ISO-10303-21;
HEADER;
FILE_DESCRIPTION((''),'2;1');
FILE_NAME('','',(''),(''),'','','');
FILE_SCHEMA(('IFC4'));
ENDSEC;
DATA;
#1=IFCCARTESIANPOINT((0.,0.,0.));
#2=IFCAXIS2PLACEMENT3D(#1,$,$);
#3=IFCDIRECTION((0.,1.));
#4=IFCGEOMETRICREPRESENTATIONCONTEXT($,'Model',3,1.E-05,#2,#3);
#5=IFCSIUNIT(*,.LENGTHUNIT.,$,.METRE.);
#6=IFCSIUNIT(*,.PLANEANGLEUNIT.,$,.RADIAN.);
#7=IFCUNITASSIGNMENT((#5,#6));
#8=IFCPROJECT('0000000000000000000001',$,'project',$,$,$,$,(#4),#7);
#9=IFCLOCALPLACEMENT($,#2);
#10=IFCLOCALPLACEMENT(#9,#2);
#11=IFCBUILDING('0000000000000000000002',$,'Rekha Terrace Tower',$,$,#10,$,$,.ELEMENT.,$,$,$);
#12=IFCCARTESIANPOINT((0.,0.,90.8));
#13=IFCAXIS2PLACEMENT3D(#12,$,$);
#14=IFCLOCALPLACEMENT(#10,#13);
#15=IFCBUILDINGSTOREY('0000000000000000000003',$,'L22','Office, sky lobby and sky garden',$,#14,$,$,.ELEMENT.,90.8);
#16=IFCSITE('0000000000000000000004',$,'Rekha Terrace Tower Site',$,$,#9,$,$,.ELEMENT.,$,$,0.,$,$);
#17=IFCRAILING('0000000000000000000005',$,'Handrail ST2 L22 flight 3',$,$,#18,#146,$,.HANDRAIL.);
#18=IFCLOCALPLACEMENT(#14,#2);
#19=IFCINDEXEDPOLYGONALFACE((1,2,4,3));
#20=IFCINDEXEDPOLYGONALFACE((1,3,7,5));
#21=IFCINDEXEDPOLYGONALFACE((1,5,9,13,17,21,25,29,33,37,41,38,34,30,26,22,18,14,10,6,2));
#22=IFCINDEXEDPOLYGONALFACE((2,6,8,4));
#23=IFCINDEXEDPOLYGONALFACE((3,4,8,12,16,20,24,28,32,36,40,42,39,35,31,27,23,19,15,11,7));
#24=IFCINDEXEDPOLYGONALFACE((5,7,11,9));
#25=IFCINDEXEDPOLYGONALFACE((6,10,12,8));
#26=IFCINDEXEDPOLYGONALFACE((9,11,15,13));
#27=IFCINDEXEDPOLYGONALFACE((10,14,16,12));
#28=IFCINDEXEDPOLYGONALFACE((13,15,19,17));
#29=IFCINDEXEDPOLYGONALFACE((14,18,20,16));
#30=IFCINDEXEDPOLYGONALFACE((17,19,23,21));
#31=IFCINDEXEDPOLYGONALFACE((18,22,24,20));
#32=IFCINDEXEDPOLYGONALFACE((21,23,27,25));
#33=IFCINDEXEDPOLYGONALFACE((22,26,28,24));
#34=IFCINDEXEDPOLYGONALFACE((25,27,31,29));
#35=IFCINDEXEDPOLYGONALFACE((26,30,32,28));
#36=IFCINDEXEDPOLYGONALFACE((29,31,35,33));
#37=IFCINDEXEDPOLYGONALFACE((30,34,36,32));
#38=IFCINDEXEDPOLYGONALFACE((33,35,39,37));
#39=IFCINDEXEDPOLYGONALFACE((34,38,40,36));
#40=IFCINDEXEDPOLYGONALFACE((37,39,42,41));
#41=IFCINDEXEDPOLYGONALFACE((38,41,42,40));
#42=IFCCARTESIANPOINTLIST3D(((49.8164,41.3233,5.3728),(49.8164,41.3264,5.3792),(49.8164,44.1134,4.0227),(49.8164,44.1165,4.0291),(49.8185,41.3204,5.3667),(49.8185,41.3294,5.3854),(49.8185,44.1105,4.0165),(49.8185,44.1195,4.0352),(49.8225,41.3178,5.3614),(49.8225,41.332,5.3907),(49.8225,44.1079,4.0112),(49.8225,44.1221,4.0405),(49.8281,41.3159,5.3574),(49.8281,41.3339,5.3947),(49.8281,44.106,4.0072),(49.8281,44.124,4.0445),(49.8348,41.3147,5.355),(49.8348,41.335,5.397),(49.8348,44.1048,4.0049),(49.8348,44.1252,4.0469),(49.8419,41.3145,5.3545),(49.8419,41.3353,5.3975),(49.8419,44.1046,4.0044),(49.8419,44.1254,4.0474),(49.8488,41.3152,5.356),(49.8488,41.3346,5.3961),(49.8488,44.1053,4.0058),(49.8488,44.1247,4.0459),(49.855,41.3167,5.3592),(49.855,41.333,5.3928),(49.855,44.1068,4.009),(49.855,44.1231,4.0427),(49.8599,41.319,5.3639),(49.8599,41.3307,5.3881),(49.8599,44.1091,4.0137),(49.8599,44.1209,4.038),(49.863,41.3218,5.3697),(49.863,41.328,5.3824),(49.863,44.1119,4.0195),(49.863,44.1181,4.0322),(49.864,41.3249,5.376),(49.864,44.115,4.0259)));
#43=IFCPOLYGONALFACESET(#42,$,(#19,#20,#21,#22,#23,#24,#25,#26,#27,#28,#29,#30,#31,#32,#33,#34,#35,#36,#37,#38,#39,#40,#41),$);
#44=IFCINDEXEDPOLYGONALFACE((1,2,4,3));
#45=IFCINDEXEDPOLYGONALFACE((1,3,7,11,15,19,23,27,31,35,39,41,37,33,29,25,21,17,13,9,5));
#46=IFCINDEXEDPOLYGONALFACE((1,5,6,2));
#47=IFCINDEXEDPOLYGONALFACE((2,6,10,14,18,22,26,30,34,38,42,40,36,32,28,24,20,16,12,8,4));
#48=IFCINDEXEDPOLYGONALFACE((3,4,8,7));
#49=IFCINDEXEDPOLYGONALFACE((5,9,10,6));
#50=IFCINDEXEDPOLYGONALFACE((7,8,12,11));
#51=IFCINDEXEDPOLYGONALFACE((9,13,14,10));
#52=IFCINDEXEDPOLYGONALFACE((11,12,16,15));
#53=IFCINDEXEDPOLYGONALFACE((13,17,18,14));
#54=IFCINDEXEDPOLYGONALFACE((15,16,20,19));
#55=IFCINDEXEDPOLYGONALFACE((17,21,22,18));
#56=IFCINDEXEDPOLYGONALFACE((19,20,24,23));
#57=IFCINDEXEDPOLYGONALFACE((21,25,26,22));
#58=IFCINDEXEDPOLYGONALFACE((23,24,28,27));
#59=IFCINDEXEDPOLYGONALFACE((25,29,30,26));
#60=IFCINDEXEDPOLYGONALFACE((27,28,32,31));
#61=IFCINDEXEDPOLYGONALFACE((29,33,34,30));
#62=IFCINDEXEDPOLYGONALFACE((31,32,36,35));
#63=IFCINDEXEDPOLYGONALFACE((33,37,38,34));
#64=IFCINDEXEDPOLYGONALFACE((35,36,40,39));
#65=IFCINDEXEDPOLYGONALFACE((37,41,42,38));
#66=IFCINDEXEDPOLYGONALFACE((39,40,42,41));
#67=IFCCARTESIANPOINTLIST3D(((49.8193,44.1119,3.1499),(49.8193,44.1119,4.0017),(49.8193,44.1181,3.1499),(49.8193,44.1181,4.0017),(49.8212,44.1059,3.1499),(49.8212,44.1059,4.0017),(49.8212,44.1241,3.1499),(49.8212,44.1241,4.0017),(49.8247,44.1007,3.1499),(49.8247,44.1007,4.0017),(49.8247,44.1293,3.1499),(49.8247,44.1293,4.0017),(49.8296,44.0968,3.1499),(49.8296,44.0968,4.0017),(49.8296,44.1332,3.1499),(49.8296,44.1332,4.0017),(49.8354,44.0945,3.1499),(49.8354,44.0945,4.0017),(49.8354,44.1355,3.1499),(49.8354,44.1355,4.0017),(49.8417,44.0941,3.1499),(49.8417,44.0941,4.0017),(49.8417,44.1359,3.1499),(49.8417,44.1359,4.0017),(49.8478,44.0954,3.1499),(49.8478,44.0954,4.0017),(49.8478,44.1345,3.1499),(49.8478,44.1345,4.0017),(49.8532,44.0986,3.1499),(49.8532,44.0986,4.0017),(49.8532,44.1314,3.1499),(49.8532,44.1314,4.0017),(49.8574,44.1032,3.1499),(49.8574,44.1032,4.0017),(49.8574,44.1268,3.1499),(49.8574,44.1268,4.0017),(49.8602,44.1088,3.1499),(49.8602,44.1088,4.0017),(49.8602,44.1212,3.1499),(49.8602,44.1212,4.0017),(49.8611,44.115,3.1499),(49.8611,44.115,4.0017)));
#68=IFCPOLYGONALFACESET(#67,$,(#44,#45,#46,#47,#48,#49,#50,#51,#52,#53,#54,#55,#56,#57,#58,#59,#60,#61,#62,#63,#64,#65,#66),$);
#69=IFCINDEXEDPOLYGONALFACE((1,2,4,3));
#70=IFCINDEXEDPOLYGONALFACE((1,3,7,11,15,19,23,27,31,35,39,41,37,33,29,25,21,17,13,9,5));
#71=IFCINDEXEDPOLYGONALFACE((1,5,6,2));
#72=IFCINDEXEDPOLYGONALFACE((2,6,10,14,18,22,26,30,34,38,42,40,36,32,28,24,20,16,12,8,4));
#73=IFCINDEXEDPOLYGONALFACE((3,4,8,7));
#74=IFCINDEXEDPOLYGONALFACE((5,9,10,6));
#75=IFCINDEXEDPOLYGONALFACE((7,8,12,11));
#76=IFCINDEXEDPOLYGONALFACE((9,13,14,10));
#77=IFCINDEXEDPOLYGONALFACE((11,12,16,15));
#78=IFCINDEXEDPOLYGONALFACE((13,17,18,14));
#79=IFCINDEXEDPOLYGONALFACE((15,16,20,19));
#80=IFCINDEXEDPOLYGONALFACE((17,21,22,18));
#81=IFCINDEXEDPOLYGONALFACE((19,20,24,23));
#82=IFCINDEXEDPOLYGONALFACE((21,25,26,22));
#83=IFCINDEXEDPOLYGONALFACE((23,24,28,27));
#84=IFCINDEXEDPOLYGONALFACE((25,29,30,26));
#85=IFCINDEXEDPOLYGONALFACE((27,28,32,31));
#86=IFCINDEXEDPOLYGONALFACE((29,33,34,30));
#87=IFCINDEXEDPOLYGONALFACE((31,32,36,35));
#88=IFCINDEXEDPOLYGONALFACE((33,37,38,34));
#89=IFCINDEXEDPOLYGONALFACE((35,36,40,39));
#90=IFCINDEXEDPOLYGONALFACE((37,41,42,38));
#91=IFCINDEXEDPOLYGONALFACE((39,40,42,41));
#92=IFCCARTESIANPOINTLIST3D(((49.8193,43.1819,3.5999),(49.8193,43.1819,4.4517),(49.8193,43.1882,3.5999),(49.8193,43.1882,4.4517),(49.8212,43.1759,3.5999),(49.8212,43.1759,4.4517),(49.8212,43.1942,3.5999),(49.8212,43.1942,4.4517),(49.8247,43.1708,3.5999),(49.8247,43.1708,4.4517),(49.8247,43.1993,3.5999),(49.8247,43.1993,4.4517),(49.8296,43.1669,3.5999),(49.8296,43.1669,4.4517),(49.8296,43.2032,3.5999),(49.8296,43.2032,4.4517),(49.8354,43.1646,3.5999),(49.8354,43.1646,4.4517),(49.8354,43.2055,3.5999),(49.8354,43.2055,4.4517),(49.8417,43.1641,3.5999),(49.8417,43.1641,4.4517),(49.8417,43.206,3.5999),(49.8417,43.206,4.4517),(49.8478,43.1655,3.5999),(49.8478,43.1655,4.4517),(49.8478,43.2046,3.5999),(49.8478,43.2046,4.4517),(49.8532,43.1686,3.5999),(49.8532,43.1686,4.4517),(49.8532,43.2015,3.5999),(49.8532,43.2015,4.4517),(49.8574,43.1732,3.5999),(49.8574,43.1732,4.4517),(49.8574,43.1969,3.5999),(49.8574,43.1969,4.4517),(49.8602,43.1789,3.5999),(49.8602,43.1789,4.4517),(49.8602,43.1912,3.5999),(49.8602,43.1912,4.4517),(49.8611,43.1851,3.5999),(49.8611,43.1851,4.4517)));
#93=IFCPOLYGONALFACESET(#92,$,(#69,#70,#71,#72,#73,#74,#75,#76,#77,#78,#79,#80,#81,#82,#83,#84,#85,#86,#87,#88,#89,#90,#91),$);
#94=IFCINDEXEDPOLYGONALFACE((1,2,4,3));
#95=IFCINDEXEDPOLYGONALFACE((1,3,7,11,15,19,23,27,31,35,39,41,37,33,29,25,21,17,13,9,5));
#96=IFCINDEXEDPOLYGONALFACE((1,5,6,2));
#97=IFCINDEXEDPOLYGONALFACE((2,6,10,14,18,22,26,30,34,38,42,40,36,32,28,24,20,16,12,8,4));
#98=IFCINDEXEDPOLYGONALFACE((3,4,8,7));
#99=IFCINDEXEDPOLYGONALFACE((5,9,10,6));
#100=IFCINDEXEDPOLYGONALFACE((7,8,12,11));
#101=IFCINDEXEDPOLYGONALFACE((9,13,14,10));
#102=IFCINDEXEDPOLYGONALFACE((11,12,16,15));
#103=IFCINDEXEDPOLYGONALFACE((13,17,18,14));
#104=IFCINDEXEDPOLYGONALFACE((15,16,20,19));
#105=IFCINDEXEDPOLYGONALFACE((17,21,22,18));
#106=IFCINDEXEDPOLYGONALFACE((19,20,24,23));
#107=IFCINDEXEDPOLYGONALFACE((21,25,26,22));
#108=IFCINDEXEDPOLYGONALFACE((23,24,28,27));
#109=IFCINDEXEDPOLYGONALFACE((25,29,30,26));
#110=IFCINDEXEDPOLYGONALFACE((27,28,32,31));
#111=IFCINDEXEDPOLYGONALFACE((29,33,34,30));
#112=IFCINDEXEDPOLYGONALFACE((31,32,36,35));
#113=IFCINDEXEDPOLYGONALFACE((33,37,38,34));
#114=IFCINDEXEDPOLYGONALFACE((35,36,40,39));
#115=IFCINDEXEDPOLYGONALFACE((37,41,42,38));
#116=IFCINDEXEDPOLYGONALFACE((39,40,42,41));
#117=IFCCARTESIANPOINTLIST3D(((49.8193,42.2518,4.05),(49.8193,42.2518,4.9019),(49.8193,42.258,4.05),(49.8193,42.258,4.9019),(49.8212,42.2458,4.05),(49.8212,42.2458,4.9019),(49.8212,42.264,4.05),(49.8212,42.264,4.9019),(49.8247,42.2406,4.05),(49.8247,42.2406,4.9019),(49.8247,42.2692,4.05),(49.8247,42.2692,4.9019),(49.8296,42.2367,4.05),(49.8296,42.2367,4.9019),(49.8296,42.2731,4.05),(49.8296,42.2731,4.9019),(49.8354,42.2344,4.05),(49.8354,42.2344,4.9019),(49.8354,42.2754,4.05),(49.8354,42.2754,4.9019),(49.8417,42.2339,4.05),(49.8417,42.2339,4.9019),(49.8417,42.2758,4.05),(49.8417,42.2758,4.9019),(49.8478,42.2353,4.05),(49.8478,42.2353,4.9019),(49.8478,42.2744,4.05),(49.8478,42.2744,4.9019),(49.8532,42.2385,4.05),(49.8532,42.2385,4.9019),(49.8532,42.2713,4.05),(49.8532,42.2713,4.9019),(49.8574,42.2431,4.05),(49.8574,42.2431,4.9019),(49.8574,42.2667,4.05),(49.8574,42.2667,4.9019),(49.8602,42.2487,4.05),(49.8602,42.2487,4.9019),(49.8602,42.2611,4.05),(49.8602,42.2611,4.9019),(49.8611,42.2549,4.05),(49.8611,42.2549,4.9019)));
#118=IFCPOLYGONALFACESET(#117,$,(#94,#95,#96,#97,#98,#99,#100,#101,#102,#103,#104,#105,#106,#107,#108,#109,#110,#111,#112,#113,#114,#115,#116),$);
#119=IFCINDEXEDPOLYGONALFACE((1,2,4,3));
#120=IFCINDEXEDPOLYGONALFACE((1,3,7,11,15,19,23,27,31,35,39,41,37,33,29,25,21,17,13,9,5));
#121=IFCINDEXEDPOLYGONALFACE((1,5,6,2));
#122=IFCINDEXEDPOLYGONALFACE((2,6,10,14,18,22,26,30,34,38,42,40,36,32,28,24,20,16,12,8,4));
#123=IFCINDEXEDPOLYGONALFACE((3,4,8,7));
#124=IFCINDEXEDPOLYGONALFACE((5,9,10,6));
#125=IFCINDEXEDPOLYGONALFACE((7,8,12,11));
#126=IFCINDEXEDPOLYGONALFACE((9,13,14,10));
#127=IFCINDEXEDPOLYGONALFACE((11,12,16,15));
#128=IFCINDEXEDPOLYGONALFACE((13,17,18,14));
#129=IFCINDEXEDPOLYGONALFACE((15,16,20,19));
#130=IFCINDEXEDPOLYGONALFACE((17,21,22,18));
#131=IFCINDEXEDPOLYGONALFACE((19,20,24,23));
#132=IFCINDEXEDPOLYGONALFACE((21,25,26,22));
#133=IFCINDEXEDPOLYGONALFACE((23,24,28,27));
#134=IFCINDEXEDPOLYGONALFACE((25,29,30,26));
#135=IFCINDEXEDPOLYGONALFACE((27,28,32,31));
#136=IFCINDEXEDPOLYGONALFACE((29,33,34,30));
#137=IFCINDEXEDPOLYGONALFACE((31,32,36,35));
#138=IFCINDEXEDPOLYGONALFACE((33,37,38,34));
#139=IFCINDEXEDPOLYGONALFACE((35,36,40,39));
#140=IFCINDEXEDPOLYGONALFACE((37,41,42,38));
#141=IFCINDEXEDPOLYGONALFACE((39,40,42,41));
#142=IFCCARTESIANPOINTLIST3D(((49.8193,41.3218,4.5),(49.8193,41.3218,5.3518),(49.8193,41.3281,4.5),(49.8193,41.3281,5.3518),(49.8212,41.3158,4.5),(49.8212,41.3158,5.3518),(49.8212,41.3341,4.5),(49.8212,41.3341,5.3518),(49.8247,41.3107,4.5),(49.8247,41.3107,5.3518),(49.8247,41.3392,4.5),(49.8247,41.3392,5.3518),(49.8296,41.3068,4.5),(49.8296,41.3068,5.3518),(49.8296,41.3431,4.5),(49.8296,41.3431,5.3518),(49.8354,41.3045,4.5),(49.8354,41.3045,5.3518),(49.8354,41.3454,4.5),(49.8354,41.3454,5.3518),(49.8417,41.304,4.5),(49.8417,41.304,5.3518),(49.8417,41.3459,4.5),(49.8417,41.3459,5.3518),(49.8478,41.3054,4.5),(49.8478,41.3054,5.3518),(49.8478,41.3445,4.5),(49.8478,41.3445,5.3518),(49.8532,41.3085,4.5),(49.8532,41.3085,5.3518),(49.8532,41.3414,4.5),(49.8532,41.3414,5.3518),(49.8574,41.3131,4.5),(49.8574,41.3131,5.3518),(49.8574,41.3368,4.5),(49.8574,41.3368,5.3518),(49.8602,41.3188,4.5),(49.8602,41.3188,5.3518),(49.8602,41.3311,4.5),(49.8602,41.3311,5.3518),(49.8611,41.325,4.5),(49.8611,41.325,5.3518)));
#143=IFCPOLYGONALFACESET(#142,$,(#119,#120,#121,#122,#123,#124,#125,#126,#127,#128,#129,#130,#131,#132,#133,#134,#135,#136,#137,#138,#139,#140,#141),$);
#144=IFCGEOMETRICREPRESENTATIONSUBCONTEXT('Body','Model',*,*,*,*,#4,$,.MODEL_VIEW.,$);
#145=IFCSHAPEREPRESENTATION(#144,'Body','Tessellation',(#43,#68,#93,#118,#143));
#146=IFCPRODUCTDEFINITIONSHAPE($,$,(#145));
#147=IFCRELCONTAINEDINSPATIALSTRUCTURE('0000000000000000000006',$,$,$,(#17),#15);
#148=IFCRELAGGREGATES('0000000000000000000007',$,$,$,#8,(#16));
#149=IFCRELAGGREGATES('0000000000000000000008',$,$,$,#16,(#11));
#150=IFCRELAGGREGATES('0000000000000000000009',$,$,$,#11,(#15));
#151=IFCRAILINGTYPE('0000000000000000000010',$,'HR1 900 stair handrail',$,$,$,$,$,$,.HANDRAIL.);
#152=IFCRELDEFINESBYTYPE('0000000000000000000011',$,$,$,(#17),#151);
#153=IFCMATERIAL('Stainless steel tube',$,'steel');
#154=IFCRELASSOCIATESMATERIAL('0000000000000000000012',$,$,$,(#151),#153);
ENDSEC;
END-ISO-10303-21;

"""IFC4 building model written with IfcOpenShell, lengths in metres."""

from ifc_helpers import new_model, si_unit, direction, frame, origin, origin_2d, place, context, subcontext, project, spatial, circle, extrude, material, type_object, element, save


model = new_model("IFC4")

# Units and contexts
model_context = context("Model", 3, precision=1e-05, world=origin(), true_north=direction((0.0, 1.0)))
body_context = subcontext(model_context, "Body", "Model", "MODEL_VIEW")
ifc_project = project(units=[si_unit("LENGTHUNIT", "METRE"), si_unit("PLANEANGLEUNIT", "RADIAN")], contexts=[model_context])

# Site, building, storey
site_placement = place(None, origin())
site = spatial("IfcSite", under=ifc_project, at=site_placement, Name="Rekha Terrace Tower Site", CompositionType="ELEMENT", RefElevation=0.0)
building_placement = place(site_placement, origin())
building = spatial("IfcBuilding", under=site, at=building_placement, Name="Rekha Terrace Tower", CompositionType="ELEMENT")
storey_placement = place(building_placement, frame((0.0, 0.0, 90.8)))
storey = spatial("IfcBuildingStorey", under=building, at=storey_placement, Name="L22", Description="Office, sky lobby and sky garden", CompositionType="ELEMENT", Elevation=90.8)

# Railing
ifc_material_1 = material(Name="Stainless steel tube", Category="steel")
railing_type_1 = type_object("IfcRailingType", Name="HR1 900 stair handrail", PredefinedType="HANDRAIL", material=ifc_material_1)
railing_1_placement = place(storey_placement, frame((49.8401, 44.115, 3.1499)))
element("IfcRailing", 1, at=railing_1_placement, inside=storey, type_object=railing_type_1, Name="Handrail ST2 L22 flight 3", PredefinedType="HANDRAIL", context=body_context, shape_type="SweptSolid", body=[
    extrude(circle(Radius=0.0239, at=origin_2d()), frame((0.0, 0.0, 0.876), z_axis=(0.0, -0.900149, 0.435582), x_axis=(1.0, 0.0, 0.0)), (0.0, 0.0, 1.0), 3.0996),
    extrude(circle(Radius=0.021, at=origin_2d()), origin(), (0.0, 0.0, 1.0), 0.8518),
    extrude(circle(Radius=0.021, at=origin_2d()), frame((0.0, -0.9299, 0.45)), (0.0, 0.0, 1.0), 0.8518),
    extrude(circle(Radius=0.021, at=origin_2d()), frame((0.0, -1.8601, 0.9001)), (0.0, 0.0, 1.0), 0.8518),
    extrude(circle(Radius=0.021, at=origin_2d()), frame((0.0, -2.79, 1.3501)), (0.0, 0.0, 1.0), 0.8518),
])

save(model, "model.ifc")
